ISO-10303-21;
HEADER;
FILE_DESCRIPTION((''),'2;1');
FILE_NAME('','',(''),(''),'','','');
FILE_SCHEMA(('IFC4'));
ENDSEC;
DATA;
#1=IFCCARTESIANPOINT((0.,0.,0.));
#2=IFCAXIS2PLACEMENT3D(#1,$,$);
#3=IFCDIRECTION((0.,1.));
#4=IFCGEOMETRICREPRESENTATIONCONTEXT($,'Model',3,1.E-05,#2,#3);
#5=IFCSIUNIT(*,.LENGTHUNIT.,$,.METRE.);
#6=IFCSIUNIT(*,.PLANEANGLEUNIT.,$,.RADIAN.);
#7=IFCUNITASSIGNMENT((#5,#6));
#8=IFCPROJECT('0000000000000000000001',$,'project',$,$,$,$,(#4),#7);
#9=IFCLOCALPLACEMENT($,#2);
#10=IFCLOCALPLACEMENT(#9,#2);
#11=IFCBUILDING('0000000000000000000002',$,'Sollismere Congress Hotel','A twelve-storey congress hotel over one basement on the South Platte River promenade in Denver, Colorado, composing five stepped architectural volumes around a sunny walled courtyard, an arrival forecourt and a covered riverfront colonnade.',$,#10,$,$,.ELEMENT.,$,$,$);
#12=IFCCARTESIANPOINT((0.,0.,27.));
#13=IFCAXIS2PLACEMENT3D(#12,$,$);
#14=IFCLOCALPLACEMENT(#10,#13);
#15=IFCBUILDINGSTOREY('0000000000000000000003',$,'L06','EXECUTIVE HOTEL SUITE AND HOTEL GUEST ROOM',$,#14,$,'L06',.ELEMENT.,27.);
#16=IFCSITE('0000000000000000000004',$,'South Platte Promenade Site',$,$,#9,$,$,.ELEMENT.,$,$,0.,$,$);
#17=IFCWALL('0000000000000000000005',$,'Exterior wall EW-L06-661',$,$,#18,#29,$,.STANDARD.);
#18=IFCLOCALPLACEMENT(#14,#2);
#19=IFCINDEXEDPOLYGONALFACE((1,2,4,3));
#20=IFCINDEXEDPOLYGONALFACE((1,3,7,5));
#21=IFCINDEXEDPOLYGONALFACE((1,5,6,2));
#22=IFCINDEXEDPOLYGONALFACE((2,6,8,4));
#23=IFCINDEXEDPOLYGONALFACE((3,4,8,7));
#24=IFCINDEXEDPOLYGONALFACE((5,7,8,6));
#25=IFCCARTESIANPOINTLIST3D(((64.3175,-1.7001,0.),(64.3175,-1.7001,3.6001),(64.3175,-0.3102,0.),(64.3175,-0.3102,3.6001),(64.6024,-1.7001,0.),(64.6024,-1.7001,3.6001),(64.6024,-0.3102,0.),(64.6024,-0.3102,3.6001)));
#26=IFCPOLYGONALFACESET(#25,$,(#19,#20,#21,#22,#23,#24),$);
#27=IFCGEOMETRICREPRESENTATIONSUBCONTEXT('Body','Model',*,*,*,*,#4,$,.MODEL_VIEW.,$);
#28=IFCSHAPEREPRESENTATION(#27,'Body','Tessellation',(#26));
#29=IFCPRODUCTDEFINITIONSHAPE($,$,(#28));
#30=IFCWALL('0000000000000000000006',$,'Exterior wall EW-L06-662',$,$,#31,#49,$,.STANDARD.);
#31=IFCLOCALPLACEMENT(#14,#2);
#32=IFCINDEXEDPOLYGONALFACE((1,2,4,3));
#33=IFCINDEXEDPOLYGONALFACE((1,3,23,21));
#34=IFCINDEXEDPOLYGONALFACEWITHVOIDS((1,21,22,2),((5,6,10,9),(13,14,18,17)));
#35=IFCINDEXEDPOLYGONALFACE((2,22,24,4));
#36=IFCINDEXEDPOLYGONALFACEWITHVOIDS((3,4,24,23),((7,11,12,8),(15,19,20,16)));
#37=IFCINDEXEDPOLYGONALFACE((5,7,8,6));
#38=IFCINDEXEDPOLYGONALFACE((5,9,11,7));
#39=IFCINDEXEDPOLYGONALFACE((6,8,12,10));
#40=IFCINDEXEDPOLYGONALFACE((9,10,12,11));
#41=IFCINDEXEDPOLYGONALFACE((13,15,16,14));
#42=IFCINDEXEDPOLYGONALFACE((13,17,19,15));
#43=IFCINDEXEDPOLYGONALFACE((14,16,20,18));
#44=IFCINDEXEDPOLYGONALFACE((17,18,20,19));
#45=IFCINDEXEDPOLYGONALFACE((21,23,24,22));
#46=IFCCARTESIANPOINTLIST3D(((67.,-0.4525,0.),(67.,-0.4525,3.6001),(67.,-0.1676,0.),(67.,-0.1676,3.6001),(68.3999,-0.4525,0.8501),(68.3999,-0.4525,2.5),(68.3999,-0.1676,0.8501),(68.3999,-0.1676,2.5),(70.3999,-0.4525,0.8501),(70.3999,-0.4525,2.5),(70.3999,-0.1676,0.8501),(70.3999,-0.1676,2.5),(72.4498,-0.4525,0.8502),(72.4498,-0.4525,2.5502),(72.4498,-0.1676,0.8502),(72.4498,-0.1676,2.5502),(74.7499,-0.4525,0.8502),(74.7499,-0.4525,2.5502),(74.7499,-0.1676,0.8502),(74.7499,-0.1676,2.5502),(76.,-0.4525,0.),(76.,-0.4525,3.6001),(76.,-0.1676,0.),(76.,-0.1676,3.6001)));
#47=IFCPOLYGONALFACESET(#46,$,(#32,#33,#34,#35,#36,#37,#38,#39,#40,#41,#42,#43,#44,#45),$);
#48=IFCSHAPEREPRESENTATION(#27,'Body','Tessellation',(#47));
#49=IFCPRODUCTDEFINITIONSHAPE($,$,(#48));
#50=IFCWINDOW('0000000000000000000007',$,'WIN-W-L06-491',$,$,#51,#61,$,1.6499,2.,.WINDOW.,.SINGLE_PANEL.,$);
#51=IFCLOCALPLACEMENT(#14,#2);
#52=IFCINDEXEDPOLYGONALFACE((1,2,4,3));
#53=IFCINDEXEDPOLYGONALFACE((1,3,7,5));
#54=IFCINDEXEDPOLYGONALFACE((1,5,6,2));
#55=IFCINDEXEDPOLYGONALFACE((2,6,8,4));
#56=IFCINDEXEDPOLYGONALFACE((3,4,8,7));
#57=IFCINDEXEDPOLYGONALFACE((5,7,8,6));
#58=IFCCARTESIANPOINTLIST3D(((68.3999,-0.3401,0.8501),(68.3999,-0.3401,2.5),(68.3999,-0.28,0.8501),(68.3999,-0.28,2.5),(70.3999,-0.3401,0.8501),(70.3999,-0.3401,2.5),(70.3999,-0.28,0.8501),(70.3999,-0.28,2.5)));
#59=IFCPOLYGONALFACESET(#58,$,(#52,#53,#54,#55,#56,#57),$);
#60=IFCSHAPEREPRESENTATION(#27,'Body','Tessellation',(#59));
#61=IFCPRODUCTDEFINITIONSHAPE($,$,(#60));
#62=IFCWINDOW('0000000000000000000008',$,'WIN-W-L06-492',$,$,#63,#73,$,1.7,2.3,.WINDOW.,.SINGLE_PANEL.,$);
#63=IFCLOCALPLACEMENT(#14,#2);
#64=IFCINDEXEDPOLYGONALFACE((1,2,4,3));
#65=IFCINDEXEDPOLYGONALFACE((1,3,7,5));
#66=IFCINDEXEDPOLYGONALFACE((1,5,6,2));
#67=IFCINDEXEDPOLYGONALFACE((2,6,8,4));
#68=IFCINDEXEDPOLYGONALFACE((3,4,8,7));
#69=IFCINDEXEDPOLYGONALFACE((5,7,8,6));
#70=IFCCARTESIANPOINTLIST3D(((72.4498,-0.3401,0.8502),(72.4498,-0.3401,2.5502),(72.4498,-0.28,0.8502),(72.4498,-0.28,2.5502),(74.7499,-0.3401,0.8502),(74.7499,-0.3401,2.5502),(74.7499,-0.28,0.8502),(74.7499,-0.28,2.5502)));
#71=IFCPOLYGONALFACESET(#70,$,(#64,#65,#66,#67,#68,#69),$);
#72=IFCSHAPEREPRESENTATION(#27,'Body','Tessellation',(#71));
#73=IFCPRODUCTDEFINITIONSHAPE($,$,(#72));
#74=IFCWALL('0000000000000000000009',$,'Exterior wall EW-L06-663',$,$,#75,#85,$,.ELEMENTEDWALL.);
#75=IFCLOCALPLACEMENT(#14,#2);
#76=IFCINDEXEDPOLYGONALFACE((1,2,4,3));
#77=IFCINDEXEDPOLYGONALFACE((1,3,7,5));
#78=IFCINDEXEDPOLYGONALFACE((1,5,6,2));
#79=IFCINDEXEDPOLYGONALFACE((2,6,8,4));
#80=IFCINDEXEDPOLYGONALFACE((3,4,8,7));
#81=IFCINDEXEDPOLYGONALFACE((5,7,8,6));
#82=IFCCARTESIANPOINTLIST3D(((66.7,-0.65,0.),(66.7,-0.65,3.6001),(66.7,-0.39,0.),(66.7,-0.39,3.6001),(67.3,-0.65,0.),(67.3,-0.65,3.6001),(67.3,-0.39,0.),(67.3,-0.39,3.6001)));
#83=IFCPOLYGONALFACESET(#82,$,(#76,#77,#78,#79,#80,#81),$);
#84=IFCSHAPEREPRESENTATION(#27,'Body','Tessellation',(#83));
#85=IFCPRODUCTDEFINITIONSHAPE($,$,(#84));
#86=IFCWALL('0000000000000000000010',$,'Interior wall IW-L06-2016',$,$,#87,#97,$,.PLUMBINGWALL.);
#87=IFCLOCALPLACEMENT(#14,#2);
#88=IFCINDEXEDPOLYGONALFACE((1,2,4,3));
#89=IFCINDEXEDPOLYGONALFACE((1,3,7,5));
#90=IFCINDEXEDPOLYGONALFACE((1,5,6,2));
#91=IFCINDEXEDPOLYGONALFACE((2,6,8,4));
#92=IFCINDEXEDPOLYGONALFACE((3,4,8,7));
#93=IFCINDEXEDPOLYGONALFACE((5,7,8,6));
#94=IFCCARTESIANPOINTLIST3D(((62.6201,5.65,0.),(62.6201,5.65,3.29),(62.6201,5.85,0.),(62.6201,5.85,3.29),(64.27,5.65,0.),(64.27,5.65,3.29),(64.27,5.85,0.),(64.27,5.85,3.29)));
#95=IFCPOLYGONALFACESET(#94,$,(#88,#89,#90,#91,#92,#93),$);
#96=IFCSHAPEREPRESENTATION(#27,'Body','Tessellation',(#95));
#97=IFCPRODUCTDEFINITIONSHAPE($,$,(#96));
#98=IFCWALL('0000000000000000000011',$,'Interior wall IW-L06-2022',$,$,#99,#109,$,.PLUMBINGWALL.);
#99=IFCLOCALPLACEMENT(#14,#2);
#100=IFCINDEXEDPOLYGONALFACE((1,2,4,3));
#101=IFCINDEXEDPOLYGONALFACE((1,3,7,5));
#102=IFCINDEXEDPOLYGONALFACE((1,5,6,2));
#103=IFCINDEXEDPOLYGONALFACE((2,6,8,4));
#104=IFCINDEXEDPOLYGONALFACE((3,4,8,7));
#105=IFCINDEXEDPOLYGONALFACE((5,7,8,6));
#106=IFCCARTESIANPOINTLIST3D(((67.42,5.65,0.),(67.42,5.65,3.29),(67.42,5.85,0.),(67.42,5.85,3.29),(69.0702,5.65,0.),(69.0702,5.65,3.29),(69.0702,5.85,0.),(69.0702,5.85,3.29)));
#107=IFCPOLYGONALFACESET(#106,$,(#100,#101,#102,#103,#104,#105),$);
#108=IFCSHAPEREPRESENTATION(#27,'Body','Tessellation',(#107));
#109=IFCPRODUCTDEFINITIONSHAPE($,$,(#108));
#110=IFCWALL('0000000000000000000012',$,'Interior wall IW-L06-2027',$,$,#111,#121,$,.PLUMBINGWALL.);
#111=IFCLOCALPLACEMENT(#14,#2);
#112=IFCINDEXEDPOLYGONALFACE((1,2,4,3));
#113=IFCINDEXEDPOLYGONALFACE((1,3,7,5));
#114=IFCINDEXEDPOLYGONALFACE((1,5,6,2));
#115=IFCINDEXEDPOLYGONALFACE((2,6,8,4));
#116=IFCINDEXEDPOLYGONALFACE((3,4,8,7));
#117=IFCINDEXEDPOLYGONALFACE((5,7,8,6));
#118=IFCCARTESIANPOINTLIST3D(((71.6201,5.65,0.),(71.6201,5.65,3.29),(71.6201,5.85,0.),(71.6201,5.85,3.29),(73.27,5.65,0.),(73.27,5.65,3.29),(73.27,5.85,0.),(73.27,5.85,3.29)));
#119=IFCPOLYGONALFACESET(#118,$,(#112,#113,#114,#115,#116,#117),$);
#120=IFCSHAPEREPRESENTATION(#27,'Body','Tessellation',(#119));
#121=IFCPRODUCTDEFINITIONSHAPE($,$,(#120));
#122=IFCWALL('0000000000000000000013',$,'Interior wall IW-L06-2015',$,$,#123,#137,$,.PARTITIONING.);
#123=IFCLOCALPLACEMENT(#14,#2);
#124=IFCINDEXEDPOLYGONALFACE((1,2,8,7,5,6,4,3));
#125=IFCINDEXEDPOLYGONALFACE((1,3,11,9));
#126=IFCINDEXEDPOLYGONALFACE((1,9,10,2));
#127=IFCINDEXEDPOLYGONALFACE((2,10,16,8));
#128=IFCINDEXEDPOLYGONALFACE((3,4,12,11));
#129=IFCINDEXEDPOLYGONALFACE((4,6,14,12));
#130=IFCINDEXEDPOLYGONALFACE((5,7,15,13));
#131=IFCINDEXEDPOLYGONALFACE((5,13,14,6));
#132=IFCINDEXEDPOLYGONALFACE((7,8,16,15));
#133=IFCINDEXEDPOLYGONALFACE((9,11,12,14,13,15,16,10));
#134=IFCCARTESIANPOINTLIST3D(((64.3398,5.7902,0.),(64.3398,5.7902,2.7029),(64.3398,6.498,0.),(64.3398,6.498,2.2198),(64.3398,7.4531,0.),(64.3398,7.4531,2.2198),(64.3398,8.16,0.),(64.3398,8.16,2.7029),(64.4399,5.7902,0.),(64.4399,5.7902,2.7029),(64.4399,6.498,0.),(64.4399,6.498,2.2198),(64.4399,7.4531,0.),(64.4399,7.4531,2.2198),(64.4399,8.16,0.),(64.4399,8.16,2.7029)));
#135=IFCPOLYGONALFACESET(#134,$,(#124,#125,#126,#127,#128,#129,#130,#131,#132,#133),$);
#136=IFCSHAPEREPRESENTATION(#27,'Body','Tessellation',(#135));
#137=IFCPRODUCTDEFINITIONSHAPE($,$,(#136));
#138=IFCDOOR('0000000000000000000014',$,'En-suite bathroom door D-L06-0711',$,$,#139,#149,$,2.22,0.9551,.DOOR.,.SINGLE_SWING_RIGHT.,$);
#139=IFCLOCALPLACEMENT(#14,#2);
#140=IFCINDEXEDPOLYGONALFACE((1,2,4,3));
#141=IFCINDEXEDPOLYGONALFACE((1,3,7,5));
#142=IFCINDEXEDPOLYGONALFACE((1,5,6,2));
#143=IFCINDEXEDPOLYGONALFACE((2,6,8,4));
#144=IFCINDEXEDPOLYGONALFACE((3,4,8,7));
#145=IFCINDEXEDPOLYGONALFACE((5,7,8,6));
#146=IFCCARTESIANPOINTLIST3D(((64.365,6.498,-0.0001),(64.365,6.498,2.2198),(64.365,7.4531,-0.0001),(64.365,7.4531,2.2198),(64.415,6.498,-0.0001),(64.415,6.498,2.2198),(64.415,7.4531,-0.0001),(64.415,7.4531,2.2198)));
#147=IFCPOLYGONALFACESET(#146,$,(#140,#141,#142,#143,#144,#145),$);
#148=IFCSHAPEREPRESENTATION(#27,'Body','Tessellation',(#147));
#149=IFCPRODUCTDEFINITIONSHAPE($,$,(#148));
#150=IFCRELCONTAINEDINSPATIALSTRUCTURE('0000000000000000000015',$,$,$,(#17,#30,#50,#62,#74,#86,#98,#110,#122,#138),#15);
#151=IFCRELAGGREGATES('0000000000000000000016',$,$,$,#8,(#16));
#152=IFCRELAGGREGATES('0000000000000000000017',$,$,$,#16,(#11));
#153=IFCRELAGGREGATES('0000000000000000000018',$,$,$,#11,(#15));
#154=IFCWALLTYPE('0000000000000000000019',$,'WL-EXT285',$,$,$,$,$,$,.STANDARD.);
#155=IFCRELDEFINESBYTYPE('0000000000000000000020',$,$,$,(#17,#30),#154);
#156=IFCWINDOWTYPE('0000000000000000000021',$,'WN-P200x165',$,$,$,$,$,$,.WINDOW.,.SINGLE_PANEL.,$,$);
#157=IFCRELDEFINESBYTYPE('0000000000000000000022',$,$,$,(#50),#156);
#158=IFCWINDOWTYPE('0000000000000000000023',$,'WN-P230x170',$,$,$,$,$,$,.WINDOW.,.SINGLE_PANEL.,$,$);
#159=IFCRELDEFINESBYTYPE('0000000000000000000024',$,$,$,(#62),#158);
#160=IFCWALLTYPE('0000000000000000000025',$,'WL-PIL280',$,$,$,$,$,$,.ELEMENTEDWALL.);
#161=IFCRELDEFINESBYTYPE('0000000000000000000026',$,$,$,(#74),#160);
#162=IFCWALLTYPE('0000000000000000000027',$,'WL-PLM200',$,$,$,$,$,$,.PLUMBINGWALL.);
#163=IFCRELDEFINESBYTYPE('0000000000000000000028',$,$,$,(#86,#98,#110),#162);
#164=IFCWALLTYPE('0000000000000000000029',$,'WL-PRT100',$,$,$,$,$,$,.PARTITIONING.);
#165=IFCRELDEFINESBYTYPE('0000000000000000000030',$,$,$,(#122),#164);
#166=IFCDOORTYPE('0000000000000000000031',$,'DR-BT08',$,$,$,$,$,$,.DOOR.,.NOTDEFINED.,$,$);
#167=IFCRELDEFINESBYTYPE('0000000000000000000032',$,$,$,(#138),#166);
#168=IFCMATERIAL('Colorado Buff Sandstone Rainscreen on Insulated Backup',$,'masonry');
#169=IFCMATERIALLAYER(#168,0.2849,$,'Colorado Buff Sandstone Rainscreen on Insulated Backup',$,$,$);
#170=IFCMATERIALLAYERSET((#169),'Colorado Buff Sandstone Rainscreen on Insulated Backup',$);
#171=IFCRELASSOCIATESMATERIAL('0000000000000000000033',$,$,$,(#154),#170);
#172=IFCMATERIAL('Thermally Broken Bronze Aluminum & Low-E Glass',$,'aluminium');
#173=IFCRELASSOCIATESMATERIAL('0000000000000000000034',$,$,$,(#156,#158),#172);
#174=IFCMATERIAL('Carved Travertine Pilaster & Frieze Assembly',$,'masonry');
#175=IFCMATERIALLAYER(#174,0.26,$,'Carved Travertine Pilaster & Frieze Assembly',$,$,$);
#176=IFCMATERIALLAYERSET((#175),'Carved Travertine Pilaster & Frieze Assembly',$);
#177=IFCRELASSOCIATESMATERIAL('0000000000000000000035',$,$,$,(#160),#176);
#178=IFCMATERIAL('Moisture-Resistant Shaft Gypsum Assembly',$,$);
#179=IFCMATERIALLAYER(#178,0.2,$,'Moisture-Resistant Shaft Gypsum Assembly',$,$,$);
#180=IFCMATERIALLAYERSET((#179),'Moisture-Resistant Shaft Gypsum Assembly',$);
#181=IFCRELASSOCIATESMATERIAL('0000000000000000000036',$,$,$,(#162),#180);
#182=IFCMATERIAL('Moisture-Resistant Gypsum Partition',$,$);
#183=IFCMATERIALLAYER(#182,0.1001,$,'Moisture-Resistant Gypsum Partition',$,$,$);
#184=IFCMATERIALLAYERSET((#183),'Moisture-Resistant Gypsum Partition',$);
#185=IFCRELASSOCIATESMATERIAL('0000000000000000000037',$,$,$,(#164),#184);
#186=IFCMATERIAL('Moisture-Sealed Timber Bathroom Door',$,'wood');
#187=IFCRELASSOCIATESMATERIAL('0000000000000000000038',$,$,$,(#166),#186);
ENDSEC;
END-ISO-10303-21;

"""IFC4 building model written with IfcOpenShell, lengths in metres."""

from ifc_helpers import new_model, si_unit, direction, frame, frame_2d, origin, place, context, subcontext, project, spatial, rectangle, extrude, material, layer, layer_set, type_object, element, fill, save


model = new_model("IFC4")

# Units and contexts
model_context = context("Model", 3, precision=1e-05, world=origin(), true_north=direction((0.0, 1.0)))
body_context = subcontext(model_context, "Body", "Model", "MODEL_VIEW")
ifc_project = project(units=[si_unit("LENGTHUNIT", "METRE"), si_unit("PLANEANGLEUNIT", "RADIAN")], contexts=[model_context])

# Site, building, storey
site_placement = place(None, origin())
site = spatial("IfcSite", under=ifc_project, at=site_placement, Name="South Platte Promenade Site", CompositionType="ELEMENT", RefElevation=0.0)
building_placement = place(site_placement, origin())
building = spatial("IfcBuilding", under=site, at=building_placement, Name="Sollismere Congress Hotel", Description="A twelve-storey congress hotel over one basement on the South Platte River promenade in Denver, Colorado, composing five stepped architectural volumes around a sunny walled courtyard, an arrival forecourt and a covered riverfront colonnade.", CompositionType="ELEMENT")
storey_placement = place(building_placement, frame((0.0, 0.0, 27.0)))
storey = spatial("IfcBuildingStorey", under=building, at=storey_placement, Name="L06", Description="EXECUTIVE HOTEL SUITE AND HOTEL GUEST ROOM", LongName="L06", CompositionType="ELEMENT", Elevation=27.0)

# Shared definitions
ifc_material_1 = material(Name="Colorado Buff Sandstone Rainscreen on Insulated Backup", Category="masonry")
ifc_layer_1 = layer(ifc_material_1, 0.2849, Name="Colorado Buff Sandstone Rainscreen on Insulated Backup")
ifc_layer_set_1 = layer_set([ifc_layer_1], Name="Colorado Buff Sandstone Rainscreen on Insulated Backup")
wall_type_1 = type_object("IfcWallType", Name="WL-EXT285", PredefinedType="STANDARD", material=ifc_layer_set_1)
ifc_material_2 = material(Name="Thermally Broken Bronze Aluminum & Low-E Glass", Category="aluminium")

# Wall
wall_1_placement = place(storey_placement, frame((64.46, -1.7, 0.0), z_axis=(0.0, 0.0, 1.0), x_axis=(0.0, 1.0, 0.0)))
element("IfcWall", 1, at=wall_1_placement, inside=storey, type_object=wall_type_1, Name="Exterior wall EW-L06-661", PredefinedType="STANDARD", context=body_context, shape_type="SweptSolid", body=[
    extrude(rectangle(XDim=1.3899, YDim=0.2849, at=frame_2d((0.6948, 0.0))), origin(), (0.0, 0.0, 1.0), 3.6001),
])

# Wall, openings, windows
wall_2_placement = place(storey_placement, frame((67.0, -0.3101, 0.0), z_axis=(0.0, 0.0, 1.0), x_axis=(1.0, 0.0, 0.0)))
wall_2 = element("IfcWall", 2, at=wall_2_placement, inside=storey, type_object=wall_type_1, Name="Exterior wall EW-L06-662", PredefinedType="STANDARD", context=body_context, shape_type="SweptSolid", body=[
    extrude(rectangle(XDim=9.0, YDim=0.2849, at=frame_2d((4.5, 0.0))), origin(), (0.0, 0.0, 1.0), 3.6001),
])
opening_1_placement = place(wall_2_placement, frame((1.3999, 0.0, 0.8501)))
opening_1 = element("IfcOpeningElement", 3, at=opening_1_placement, cuts=wall_2, PredefinedType="OPENING", context=body_context, shape_type="SweptSolid", body=[
    extrude(rectangle(XDim=2.0, YDim=1.6499, at=frame_2d((1.0, 0.825))), frame((0.0, 0.1523, 0.0), z_axis=(0.0, -1.0, 0.0), x_axis=(1.0, 0.0, 0.0)), (0.0, 0.0, 1.0), 0.3049),
])
opening_2_placement = place(wall_2_placement, frame((5.45, 0.0, 0.8501)))
opening_2 = element("IfcOpeningElement", 4, at=opening_2_placement, cuts=wall_2, PredefinedType="OPENING", context=body_context, shape_type="SweptSolid", body=[
    extrude(rectangle(XDim=2.3, YDim=1.7, at=frame_2d((1.1499, 0.8501))), frame((0.0, 0.1523, 0.0), z_axis=(0.0, -1.0, 0.0), x_axis=(1.0, 0.0, 0.0)), (0.0, 0.0, 1.0), 0.3049),
])
window_type_1 = type_object("IfcWindowType", Name="WN-P200x165", PartitioningType="SINGLE_PANEL", PredefinedType="WINDOW", material=ifc_material_2)
window_1_placement = place(opening_1_placement, origin())
window_1 = element("IfcWindow", 5, at=window_1_placement, inside=storey, type_object=window_type_1, Name="WIN-W-L06-491", OverallHeight=1.6499, OverallWidth=2.0, PartitioningType="SINGLE_PANEL", PredefinedType="WINDOW", context=body_context, shape_type="SweptSolid", body=[
    extrude(rectangle(XDim=2.0, YDim=1.6499, at=frame_2d((1.0, 0.825))), frame((0.0, 0.03, 0.0), z_axis=(0.0, -1.0, 0.0), x_axis=(1.0, 0.0, 0.0)), (0.0, 0.0, 1.0), 0.0601),
])
fill(opening_1, window_1)
window_type_2 = type_object("IfcWindowType", Name="WN-P230x170", PartitioningType="SINGLE_PANEL", PredefinedType="WINDOW", material=ifc_material_2)
window_2_placement = place(opening_2_placement, origin())
window_2 = element("IfcWindow", 6, at=window_2_placement, inside=storey, type_object=window_type_2, Name="WIN-W-L06-492", OverallHeight=1.7, OverallWidth=2.3, PartitioningType="SINGLE_PANEL", PredefinedType="WINDOW", context=body_context, shape_type="SweptSolid", body=[
    extrude(rectangle(XDim=2.3, YDim=1.7, at=frame_2d((1.1499, 0.8501))), frame((0.0, 0.03, 0.0), z_axis=(0.0, -1.0, 0.0), x_axis=(1.0, 0.0, 0.0)), (0.0, 0.0, 1.0), 0.0601),
])
fill(opening_2, window_2)

# Walls
ifc_material_3 = material(Name="Carved Travertine Pilaster & Frieze Assembly", Category="masonry")
ifc_layer_2 = layer(ifc_material_3, 0.26, Name="Carved Travertine Pilaster & Frieze Assembly")
ifc_layer_set_2 = layer_set([ifc_layer_2], Name="Carved Travertine Pilaster & Frieze Assembly")
wall_type_2 = type_object("IfcWallType", Name="WL-PIL280", PredefinedType="ELEMENTEDWALL", material=ifc_layer_set_2)
wall_3_placement = place(storey_placement, frame((66.7, -0.52, 0.0), z_axis=(0.0, 0.0, 1.0), x_axis=(1.0, 0.0, 0.0)))
element("IfcWall", 7, at=wall_3_placement, inside=storey, type_object=wall_type_2, Name="Exterior wall EW-L06-663", PredefinedType="ELEMENTEDWALL", context=body_context, shape_type="SweptSolid", body=[
    extrude(rectangle(XDim=0.6001, YDim=0.26, at=frame_2d((0.3, 0.0))), origin(), (0.0, 0.0, 1.0), 3.6001),
])
ifc_material_4 = material(Name="Moisture-Resistant Shaft Gypsum Assembly")
ifc_layer_3 = layer(ifc_material_4, 0.2, Name="Moisture-Resistant Shaft Gypsum Assembly")
ifc_layer_set_3 = layer_set([ifc_layer_3], Name="Moisture-Resistant Shaft Gypsum Assembly")
wall_type_3 = type_object("IfcWallType", Name="WL-PLM200", PredefinedType="PLUMBINGWALL", material=ifc_layer_set_3)
wall_4_placement = place(storey_placement, frame((62.6201, 5.75, 0.0), z_axis=(0.0, 0.0, 1.0), x_axis=(1.0, 0.0, 0.0)))
element("IfcWall", 8, at=wall_4_placement, inside=storey, type_object=wall_type_3, Name="Interior wall IW-L06-2016", PredefinedType="PLUMBINGWALL", context=body_context, shape_type="SweptSolid", body=[
    extrude(rectangle(XDim=1.6499, YDim=0.2, at=frame_2d((0.825, 0.0))), origin(), (0.0, 0.0, 1.0), 3.29),
])
wall_5_placement = place(storey_placement, frame((67.4199, 5.75, 0.0), z_axis=(0.0, 0.0, 1.0), x_axis=(1.0, 0.0, 0.0)))
element("IfcWall", 9, at=wall_5_placement, inside=storey, type_object=wall_type_3, Name="Interior wall IW-L06-2022", PredefinedType="PLUMBINGWALL", context=body_context, shape_type="SweptSolid", body=[
    extrude(rectangle(XDim=1.6501, YDim=0.2, at=frame_2d((0.8252, 0.0))), origin(), (0.0, 0.0, 1.0), 3.29),
])
wall_6_placement = place(storey_placement, frame((71.6201, 5.75, 0.0), z_axis=(0.0, 0.0, 1.0), x_axis=(1.0, 0.0, 0.0)))
element("IfcWall", 10, at=wall_6_placement, inside=storey, type_object=wall_type_3, Name="Interior wall IW-L06-2027", PredefinedType="PLUMBINGWALL", context=body_context, shape_type="SweptSolid", body=[
    extrude(rectangle(XDim=1.6499, YDim=0.2, at=frame_2d((0.825, 0.0))), origin(), (0.0, 0.0, 1.0), 3.29),
])

# Wall, opening, door
ifc_material_5 = material(Name="Moisture-Resistant Gypsum Partition")
ifc_layer_4 = layer(ifc_material_5, 0.1001, Name="Moisture-Resistant Gypsum Partition")
ifc_layer_set_4 = layer_set([ifc_layer_4], Name="Moisture-Resistant Gypsum Partition")
wall_type_4 = type_object("IfcWallType", Name="WL-PRT100", PredefinedType="PARTITIONING", material=ifc_layer_set_4)
wall_7_placement = place(storey_placement, frame((64.3899, 5.79, 0.0), z_axis=(0.0, 0.0, 1.0), x_axis=(0.0, 1.0, 0.0)))
wall_7 = element("IfcWall", 11, at=wall_7_placement, inside=storey, type_object=wall_type_4, Name="Interior wall IW-L06-2015", PredefinedType="PARTITIONING", context=body_context, shape_type="SweptSolid", body=[
    extrude(rectangle(XDim=2.3699, YDim=0.1001, at=frame_2d((1.1851, 0.0))), origin(), (0.0, 0.0, 1.0), 2.7029),
])
opening_3_placement = place(wall_7_placement, frame((0.708, 0.0, 0.0)))
opening_3 = element("IfcOpeningElement", 12, at=opening_3_placement, cuts=wall_7, PredefinedType="OPENING", context=body_context, shape_type="SweptSolid", body=[
    extrude(rectangle(XDim=0.9551, YDim=2.22, at=frame_2d((0.4775, 1.1099))), frame((0.0, 0.0601, 0.0), z_axis=(0.0, -1.0, 0.0), x_axis=(1.0, 0.0, 0.0)), (0.0, 0.0, 1.0), 0.1201),
])
ifc_material_6 = material(Name="Moisture-Sealed Timber Bathroom Door", Category="wood")
door_type_1 = type_object("IfcDoorType", Name="DR-BT08", OperationType="NOTDEFINED", PredefinedType="DOOR", material=ifc_material_6)
door_1_placement = place(opening_3_placement, origin())
door_1 = element("IfcDoor", 13, at=door_1_placement, inside=storey, type_object=door_type_1, Name="En-suite bathroom door D-L06-0711", OperationType="SINGLE_SWING_RIGHT", OverallHeight=2.22, OverallWidth=0.9551, PredefinedType="DOOR", context=body_context, shape_type="SweptSolid", body=[
    extrude(rectangle(XDim=0.9551, YDim=2.22, at=frame_2d((0.4775, 1.1099))), frame((0.0, 0.0249, 0.0), z_axis=(0.0, -1.0, 0.0), x_axis=(1.0, 0.0, 0.0)), (0.0, 0.0, 1.0), 0.05),
])
fill(opening_3, door_1)

save(model, "model.ifc")
